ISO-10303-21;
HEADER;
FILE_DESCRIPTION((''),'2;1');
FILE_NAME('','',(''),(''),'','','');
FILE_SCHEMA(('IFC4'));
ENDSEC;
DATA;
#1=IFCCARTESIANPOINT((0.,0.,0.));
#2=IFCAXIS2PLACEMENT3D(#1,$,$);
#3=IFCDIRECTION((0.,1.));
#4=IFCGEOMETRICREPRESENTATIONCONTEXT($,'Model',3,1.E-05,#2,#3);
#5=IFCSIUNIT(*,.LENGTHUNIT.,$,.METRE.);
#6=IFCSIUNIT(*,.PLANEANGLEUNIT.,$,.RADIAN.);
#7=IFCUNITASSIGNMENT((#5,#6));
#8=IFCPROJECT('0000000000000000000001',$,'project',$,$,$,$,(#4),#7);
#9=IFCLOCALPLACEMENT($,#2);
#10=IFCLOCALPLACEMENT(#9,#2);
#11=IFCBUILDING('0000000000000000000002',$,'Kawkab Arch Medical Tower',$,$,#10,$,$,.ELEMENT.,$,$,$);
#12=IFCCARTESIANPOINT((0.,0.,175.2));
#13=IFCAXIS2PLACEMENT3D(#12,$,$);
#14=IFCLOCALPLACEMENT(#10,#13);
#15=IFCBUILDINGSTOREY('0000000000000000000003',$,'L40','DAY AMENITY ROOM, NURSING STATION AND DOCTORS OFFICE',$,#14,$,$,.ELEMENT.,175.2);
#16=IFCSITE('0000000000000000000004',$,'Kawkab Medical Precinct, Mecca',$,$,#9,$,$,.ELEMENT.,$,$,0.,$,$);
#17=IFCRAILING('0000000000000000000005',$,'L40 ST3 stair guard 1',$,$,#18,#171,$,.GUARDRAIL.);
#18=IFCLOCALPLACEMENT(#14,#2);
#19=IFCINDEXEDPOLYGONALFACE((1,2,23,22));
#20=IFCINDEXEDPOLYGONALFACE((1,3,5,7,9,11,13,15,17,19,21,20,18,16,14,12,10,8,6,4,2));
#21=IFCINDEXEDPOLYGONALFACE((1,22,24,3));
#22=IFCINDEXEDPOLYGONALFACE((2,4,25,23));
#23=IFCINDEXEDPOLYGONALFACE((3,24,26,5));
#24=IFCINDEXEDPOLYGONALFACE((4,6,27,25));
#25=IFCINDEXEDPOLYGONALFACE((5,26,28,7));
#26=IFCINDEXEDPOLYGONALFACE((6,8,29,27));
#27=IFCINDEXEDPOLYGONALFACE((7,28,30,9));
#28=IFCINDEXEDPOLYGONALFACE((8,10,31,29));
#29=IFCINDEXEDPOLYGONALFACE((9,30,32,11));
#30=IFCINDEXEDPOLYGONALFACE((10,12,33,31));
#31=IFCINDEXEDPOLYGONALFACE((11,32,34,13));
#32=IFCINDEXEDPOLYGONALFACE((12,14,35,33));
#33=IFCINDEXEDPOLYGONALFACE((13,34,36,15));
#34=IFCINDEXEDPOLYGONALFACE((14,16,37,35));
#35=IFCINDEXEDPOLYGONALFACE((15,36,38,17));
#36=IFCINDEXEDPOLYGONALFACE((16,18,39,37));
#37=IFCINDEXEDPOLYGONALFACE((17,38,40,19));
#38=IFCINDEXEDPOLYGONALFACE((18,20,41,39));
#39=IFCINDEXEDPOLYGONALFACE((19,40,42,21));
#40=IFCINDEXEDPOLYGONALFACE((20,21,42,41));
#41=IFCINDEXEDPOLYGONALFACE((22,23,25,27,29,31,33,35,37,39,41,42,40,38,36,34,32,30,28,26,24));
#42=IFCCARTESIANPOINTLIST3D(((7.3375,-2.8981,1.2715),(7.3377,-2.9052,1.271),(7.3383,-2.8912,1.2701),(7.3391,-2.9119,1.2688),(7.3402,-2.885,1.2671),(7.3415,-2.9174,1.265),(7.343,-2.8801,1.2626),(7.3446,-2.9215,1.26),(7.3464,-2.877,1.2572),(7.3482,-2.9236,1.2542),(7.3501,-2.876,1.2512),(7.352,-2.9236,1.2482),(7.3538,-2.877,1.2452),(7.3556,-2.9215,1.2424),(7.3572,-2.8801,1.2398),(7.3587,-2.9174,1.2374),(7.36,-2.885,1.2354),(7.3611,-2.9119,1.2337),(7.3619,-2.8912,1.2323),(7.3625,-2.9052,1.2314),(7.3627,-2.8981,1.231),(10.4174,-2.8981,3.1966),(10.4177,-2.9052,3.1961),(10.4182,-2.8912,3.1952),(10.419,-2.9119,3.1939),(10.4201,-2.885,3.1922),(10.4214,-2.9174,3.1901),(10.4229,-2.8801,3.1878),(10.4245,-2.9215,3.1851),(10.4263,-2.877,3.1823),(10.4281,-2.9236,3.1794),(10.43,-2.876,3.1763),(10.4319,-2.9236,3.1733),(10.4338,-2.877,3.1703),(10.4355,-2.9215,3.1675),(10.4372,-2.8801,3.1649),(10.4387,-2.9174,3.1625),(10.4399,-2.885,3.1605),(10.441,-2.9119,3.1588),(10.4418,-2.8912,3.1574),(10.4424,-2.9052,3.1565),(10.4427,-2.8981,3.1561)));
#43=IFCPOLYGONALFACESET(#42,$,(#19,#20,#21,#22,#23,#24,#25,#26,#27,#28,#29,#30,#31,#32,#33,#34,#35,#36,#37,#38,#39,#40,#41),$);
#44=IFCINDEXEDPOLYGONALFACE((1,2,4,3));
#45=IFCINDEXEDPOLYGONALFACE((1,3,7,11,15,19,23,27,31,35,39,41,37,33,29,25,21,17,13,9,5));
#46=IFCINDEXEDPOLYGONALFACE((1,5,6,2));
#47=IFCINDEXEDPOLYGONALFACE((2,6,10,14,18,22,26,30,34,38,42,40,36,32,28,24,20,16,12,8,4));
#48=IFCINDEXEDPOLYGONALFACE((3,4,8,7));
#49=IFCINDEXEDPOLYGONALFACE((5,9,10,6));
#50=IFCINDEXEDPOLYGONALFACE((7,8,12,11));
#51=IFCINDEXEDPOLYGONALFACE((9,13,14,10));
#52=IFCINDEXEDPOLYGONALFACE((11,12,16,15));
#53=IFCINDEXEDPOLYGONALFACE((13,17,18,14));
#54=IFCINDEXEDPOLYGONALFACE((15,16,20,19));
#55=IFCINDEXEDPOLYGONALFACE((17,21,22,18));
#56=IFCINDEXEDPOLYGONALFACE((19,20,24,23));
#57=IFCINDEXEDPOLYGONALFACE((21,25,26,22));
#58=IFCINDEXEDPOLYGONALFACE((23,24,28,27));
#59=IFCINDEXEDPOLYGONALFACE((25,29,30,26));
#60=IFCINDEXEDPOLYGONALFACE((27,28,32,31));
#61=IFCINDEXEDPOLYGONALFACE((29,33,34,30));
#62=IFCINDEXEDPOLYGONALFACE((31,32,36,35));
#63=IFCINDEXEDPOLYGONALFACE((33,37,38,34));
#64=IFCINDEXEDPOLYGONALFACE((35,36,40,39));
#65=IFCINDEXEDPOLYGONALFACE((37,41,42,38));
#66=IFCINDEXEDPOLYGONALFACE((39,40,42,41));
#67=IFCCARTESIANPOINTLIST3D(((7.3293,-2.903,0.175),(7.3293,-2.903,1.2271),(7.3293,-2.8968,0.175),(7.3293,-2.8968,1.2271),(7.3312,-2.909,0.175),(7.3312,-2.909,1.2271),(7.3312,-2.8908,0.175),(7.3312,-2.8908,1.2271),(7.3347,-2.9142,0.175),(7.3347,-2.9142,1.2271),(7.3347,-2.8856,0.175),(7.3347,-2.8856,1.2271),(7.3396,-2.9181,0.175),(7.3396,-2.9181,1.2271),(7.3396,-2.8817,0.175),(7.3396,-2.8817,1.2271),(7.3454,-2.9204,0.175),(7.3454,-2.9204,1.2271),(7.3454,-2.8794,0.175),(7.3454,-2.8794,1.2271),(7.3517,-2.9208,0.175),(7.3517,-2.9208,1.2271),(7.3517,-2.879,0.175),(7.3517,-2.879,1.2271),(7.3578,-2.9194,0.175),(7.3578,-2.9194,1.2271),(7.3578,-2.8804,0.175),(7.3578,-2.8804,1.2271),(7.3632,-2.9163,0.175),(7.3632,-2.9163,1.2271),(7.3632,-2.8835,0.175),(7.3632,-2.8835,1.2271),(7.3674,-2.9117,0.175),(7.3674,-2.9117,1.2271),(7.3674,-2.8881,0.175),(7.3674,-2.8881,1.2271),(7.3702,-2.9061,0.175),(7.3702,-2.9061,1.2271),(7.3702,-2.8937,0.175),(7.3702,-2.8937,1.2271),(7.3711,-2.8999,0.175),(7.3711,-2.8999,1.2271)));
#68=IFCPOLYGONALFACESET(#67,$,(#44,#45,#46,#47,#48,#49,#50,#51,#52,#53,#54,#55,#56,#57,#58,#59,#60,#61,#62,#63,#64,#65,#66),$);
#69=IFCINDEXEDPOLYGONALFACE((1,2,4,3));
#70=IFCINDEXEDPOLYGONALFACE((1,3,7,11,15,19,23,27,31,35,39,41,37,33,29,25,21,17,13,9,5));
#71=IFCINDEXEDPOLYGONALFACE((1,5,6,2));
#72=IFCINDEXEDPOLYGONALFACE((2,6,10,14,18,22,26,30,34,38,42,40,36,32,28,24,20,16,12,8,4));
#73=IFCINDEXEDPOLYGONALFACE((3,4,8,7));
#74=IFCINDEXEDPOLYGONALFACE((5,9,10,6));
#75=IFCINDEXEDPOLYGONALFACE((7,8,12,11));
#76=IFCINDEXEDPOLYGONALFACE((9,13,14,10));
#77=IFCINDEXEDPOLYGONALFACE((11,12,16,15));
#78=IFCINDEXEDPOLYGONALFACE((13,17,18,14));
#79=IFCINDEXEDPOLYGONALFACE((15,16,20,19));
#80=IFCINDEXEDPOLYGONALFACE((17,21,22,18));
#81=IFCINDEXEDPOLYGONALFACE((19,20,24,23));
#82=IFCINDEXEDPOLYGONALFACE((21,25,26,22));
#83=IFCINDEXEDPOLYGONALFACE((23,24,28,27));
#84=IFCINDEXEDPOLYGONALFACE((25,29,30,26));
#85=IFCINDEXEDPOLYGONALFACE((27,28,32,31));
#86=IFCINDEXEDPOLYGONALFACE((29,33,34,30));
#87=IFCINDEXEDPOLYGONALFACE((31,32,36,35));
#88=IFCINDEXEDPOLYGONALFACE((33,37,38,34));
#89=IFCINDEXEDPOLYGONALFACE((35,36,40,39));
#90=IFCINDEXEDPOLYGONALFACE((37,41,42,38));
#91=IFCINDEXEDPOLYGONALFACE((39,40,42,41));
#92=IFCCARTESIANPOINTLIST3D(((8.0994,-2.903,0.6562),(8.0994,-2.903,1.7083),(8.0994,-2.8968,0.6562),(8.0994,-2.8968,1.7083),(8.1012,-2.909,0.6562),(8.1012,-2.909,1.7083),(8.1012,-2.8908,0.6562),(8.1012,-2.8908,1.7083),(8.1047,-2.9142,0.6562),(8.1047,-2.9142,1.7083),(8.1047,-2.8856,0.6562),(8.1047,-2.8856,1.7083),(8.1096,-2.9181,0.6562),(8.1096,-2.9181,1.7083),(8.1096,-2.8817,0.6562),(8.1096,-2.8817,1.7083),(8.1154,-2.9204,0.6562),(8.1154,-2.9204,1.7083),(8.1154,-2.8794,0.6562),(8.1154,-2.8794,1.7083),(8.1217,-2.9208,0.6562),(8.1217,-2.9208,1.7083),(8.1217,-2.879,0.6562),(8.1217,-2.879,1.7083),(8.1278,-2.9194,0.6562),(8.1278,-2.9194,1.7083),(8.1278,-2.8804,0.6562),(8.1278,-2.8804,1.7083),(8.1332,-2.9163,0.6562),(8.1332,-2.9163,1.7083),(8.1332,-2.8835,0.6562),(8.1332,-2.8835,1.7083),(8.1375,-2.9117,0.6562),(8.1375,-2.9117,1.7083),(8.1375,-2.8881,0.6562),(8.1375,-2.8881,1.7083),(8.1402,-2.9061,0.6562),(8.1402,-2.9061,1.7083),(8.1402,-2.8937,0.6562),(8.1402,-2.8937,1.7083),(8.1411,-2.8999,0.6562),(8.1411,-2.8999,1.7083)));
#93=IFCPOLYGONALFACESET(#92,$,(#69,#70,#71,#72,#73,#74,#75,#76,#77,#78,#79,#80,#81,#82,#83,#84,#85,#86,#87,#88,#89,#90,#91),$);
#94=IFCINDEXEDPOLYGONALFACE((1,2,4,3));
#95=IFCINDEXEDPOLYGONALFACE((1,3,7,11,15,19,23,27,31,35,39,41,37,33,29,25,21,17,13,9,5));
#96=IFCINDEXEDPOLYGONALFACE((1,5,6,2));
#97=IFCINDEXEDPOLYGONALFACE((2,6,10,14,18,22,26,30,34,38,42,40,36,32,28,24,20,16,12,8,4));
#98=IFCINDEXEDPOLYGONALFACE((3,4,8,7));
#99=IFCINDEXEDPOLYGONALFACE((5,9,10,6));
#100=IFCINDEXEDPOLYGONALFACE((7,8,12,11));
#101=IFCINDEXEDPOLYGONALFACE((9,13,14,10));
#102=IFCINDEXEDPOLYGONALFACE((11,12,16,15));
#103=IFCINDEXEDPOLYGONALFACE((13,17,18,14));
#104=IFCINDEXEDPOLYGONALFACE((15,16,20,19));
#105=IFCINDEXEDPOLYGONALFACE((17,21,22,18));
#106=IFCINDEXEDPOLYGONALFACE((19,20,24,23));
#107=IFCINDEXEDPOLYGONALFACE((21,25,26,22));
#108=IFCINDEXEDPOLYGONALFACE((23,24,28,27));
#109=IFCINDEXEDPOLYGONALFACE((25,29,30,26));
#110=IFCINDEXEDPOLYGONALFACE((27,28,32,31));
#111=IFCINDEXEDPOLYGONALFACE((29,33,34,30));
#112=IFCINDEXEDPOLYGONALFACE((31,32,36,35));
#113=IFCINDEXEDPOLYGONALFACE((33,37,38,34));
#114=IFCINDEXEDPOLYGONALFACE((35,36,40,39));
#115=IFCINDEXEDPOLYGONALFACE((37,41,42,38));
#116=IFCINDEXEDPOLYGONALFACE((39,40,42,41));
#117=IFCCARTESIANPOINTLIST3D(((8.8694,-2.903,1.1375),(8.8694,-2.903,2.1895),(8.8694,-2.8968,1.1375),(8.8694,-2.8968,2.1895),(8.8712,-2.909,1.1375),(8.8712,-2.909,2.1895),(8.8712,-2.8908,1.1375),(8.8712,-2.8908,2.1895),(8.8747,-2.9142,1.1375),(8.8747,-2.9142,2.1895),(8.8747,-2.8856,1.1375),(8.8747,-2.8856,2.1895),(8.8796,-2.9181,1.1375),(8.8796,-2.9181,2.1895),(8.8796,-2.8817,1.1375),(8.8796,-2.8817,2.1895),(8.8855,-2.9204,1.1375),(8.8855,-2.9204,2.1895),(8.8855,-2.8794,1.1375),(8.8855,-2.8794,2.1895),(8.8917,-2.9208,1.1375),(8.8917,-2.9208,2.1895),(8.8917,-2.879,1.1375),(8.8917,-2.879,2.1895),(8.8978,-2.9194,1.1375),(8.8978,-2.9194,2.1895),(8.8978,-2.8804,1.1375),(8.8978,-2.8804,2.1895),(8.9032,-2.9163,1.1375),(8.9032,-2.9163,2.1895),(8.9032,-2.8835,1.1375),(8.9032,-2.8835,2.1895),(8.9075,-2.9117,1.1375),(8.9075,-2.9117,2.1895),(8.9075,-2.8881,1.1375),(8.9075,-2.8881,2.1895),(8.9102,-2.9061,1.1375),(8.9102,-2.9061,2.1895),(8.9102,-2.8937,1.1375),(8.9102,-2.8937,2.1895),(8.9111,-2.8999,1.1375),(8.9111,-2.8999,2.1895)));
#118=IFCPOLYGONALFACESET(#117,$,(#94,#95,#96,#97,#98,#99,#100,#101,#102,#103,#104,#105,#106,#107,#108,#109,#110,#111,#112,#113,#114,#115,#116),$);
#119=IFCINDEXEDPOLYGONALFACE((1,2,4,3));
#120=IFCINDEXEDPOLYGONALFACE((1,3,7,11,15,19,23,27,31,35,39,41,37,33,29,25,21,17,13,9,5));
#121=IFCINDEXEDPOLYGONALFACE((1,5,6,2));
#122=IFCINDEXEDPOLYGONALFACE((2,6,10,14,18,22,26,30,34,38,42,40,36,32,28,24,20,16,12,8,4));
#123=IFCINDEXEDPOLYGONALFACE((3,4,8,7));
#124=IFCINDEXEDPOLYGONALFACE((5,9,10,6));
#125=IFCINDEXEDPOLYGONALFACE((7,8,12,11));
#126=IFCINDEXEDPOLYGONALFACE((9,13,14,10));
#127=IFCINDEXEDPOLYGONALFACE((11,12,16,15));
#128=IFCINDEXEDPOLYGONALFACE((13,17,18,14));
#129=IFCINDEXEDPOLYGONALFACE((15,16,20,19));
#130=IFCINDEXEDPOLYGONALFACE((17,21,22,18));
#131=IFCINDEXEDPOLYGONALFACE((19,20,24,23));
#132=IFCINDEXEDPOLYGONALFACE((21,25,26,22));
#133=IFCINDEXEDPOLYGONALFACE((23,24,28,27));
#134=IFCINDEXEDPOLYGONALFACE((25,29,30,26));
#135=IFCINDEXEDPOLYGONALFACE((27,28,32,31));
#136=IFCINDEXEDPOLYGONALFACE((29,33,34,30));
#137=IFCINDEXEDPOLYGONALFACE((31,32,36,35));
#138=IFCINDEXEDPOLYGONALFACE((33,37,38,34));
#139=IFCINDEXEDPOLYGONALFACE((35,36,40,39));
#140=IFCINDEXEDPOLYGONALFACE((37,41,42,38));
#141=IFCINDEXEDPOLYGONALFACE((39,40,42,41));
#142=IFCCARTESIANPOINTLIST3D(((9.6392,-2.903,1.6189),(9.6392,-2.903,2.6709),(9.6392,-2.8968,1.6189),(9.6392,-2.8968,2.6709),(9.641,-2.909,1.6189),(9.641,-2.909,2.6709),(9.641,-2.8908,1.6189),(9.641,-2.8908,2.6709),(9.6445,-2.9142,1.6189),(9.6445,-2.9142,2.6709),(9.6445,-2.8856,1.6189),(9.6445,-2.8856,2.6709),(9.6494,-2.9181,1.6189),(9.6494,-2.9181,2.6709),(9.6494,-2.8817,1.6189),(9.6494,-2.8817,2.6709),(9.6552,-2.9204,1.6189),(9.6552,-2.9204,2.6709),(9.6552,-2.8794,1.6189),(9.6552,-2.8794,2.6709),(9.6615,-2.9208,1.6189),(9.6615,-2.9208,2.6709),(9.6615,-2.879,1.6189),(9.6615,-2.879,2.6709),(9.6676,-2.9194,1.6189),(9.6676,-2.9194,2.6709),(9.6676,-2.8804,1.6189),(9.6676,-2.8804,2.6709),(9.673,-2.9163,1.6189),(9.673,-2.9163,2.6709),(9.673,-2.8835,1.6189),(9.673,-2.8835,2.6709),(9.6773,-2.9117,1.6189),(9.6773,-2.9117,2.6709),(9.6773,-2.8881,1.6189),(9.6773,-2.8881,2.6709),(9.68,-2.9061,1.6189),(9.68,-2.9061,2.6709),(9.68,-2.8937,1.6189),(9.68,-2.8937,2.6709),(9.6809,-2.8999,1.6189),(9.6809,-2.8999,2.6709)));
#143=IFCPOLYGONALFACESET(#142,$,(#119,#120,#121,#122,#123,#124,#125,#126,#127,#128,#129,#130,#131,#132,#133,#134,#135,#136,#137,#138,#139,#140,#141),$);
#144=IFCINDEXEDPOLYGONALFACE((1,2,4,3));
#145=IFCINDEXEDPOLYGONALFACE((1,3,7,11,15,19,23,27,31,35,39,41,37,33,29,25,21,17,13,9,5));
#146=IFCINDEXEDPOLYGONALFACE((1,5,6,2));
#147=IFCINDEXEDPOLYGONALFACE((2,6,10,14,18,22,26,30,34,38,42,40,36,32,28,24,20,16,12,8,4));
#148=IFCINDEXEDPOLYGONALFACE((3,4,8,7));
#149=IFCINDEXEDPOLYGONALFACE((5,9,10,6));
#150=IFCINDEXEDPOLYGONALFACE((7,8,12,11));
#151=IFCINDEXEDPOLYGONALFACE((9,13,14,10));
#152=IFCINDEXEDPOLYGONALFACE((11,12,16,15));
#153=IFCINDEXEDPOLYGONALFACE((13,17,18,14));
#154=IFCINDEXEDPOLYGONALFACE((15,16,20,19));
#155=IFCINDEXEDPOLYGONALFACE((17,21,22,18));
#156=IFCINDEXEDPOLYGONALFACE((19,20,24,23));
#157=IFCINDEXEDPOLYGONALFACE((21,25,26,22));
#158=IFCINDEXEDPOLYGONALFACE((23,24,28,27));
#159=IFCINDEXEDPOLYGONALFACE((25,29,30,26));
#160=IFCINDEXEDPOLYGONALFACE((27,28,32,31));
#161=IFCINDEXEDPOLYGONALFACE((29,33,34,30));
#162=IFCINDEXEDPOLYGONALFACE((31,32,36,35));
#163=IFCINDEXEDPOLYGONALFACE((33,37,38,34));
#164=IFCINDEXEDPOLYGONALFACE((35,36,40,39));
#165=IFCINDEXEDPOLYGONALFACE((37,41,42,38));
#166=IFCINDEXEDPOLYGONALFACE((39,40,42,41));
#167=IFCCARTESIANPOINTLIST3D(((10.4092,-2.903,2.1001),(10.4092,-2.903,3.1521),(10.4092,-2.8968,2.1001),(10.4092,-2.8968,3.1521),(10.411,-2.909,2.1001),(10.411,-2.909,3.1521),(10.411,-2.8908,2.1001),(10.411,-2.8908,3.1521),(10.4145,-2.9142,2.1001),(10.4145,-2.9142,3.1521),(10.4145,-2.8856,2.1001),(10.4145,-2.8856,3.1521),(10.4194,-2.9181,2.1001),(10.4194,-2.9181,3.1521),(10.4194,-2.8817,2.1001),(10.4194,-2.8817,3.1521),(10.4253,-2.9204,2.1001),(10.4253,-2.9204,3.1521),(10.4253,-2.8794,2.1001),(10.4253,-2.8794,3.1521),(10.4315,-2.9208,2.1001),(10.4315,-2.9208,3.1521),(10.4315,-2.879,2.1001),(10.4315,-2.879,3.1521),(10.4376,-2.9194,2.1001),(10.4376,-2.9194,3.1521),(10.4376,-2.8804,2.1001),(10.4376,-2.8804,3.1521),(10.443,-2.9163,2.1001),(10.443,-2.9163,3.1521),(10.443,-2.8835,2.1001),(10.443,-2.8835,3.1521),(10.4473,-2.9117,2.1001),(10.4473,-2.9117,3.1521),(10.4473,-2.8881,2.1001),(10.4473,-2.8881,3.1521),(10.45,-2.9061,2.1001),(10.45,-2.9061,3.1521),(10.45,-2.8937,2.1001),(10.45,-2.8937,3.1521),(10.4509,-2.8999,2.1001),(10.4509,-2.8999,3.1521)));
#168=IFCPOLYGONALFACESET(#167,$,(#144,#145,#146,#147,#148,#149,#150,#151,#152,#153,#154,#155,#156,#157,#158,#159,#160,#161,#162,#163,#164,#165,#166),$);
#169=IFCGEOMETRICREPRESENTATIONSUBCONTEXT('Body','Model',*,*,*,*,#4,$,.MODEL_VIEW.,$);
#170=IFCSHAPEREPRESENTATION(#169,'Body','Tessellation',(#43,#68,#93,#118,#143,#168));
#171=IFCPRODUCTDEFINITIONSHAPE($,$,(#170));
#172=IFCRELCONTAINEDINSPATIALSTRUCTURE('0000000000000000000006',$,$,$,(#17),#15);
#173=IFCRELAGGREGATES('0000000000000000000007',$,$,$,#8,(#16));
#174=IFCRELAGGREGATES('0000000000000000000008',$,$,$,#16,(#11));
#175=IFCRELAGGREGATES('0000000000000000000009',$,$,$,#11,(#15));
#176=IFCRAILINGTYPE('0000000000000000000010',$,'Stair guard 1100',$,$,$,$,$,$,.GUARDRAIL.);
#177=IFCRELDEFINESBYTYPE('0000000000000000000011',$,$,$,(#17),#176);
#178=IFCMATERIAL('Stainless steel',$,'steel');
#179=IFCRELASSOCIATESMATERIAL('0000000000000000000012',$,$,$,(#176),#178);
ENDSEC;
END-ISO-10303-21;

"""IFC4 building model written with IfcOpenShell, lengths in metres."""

from ifc_helpers import new_model, si_unit, direction, frame, origin, origin_2d, place, context, subcontext, project, spatial, circle, extrude, material, type_object, element, save


model = new_model("IFC4")

# Units and contexts
model_context = context("Model", 3, precision=1e-05, world=origin(), true_north=direction((0.0, 1.0)))
body_context = subcontext(model_context, "Body", "Model", "MODEL_VIEW")
ifc_project = project(units=[si_unit("LENGTHUNIT", "METRE"), si_unit("PLANEANGLEUNIT", "RADIAN")], contexts=[model_context])

# Site, building, storey
site_placement = place(None, origin())
site = spatial("IfcSite", under=ifc_project, at=site_placement, Name="Kawkab Medical Precinct, Mecca", CompositionType="ELEMENT", RefElevation=0.0)
building_placement = place(site_placement, origin())
building = spatial("IfcBuilding", under=site, at=building_placement, Name="Kawkab Arch Medical Tower", CompositionType="ELEMENT")
storey_placement = place(building_placement, frame((0.0, 0.0, 175.2)))
storey = spatial("IfcBuildingStorey", under=building, at=storey_placement, Name="L40", Description="DAY AMENITY ROOM, NURSING STATION AND DOCTORS OFFICE", CompositionType="ELEMENT", Elevation=175.2)

# Railing
ifc_material_1 = material(Name="Stainless steel", Category="steel")
railing_type_1 = type_object("IfcRailingType", Name="Stair guard 1100", PredefinedType="GUARDRAIL", material=ifc_material_1)
railing_1_placement = place(storey_placement, frame((7.3501, -2.8999, 0.175)))
element("IfcRailing", 1, at=railing_1_placement, inside=storey, type_object=railing_type_1, Name="L40 ST3 stair guard 1", PredefinedType="GUARDRAIL", context=body_context, shape_type="SweptSolid", body=[
    extrude(circle(Radius=0.0239, at=origin_2d()), frame((0.0, 0.0, 1.0762), z_axis=(0.847979, 0.0, 0.530029), x_axis=(0.0, 1.0, 0.0)), (0.0, 0.0, 1.0), 3.6321),
    extrude(circle(Radius=0.021, at=origin_2d()), origin(), (0.0, 0.0, 1.0), 1.052),
    extrude(circle(Radius=0.021, at=origin_2d()), frame((0.77, 0.0, 0.4812)), (0.0, 0.0, 1.0), 1.052),
    extrude(circle(Radius=0.021, at=origin_2d()), frame((1.54, 0.0, 0.9624)), (0.0, 0.0, 1.0), 1.052),
    extrude(circle(Radius=0.021, at=origin_2d()), frame((2.3098, 0.0, 1.4438)), (0.0, 0.0, 1.0), 1.052),
    extrude(circle(Radius=0.021, at=origin_2d()), frame((3.0798, 0.0, 1.925)), (0.0, 0.0, 1.0), 1.052),
])

save(model, "model.ifc")
